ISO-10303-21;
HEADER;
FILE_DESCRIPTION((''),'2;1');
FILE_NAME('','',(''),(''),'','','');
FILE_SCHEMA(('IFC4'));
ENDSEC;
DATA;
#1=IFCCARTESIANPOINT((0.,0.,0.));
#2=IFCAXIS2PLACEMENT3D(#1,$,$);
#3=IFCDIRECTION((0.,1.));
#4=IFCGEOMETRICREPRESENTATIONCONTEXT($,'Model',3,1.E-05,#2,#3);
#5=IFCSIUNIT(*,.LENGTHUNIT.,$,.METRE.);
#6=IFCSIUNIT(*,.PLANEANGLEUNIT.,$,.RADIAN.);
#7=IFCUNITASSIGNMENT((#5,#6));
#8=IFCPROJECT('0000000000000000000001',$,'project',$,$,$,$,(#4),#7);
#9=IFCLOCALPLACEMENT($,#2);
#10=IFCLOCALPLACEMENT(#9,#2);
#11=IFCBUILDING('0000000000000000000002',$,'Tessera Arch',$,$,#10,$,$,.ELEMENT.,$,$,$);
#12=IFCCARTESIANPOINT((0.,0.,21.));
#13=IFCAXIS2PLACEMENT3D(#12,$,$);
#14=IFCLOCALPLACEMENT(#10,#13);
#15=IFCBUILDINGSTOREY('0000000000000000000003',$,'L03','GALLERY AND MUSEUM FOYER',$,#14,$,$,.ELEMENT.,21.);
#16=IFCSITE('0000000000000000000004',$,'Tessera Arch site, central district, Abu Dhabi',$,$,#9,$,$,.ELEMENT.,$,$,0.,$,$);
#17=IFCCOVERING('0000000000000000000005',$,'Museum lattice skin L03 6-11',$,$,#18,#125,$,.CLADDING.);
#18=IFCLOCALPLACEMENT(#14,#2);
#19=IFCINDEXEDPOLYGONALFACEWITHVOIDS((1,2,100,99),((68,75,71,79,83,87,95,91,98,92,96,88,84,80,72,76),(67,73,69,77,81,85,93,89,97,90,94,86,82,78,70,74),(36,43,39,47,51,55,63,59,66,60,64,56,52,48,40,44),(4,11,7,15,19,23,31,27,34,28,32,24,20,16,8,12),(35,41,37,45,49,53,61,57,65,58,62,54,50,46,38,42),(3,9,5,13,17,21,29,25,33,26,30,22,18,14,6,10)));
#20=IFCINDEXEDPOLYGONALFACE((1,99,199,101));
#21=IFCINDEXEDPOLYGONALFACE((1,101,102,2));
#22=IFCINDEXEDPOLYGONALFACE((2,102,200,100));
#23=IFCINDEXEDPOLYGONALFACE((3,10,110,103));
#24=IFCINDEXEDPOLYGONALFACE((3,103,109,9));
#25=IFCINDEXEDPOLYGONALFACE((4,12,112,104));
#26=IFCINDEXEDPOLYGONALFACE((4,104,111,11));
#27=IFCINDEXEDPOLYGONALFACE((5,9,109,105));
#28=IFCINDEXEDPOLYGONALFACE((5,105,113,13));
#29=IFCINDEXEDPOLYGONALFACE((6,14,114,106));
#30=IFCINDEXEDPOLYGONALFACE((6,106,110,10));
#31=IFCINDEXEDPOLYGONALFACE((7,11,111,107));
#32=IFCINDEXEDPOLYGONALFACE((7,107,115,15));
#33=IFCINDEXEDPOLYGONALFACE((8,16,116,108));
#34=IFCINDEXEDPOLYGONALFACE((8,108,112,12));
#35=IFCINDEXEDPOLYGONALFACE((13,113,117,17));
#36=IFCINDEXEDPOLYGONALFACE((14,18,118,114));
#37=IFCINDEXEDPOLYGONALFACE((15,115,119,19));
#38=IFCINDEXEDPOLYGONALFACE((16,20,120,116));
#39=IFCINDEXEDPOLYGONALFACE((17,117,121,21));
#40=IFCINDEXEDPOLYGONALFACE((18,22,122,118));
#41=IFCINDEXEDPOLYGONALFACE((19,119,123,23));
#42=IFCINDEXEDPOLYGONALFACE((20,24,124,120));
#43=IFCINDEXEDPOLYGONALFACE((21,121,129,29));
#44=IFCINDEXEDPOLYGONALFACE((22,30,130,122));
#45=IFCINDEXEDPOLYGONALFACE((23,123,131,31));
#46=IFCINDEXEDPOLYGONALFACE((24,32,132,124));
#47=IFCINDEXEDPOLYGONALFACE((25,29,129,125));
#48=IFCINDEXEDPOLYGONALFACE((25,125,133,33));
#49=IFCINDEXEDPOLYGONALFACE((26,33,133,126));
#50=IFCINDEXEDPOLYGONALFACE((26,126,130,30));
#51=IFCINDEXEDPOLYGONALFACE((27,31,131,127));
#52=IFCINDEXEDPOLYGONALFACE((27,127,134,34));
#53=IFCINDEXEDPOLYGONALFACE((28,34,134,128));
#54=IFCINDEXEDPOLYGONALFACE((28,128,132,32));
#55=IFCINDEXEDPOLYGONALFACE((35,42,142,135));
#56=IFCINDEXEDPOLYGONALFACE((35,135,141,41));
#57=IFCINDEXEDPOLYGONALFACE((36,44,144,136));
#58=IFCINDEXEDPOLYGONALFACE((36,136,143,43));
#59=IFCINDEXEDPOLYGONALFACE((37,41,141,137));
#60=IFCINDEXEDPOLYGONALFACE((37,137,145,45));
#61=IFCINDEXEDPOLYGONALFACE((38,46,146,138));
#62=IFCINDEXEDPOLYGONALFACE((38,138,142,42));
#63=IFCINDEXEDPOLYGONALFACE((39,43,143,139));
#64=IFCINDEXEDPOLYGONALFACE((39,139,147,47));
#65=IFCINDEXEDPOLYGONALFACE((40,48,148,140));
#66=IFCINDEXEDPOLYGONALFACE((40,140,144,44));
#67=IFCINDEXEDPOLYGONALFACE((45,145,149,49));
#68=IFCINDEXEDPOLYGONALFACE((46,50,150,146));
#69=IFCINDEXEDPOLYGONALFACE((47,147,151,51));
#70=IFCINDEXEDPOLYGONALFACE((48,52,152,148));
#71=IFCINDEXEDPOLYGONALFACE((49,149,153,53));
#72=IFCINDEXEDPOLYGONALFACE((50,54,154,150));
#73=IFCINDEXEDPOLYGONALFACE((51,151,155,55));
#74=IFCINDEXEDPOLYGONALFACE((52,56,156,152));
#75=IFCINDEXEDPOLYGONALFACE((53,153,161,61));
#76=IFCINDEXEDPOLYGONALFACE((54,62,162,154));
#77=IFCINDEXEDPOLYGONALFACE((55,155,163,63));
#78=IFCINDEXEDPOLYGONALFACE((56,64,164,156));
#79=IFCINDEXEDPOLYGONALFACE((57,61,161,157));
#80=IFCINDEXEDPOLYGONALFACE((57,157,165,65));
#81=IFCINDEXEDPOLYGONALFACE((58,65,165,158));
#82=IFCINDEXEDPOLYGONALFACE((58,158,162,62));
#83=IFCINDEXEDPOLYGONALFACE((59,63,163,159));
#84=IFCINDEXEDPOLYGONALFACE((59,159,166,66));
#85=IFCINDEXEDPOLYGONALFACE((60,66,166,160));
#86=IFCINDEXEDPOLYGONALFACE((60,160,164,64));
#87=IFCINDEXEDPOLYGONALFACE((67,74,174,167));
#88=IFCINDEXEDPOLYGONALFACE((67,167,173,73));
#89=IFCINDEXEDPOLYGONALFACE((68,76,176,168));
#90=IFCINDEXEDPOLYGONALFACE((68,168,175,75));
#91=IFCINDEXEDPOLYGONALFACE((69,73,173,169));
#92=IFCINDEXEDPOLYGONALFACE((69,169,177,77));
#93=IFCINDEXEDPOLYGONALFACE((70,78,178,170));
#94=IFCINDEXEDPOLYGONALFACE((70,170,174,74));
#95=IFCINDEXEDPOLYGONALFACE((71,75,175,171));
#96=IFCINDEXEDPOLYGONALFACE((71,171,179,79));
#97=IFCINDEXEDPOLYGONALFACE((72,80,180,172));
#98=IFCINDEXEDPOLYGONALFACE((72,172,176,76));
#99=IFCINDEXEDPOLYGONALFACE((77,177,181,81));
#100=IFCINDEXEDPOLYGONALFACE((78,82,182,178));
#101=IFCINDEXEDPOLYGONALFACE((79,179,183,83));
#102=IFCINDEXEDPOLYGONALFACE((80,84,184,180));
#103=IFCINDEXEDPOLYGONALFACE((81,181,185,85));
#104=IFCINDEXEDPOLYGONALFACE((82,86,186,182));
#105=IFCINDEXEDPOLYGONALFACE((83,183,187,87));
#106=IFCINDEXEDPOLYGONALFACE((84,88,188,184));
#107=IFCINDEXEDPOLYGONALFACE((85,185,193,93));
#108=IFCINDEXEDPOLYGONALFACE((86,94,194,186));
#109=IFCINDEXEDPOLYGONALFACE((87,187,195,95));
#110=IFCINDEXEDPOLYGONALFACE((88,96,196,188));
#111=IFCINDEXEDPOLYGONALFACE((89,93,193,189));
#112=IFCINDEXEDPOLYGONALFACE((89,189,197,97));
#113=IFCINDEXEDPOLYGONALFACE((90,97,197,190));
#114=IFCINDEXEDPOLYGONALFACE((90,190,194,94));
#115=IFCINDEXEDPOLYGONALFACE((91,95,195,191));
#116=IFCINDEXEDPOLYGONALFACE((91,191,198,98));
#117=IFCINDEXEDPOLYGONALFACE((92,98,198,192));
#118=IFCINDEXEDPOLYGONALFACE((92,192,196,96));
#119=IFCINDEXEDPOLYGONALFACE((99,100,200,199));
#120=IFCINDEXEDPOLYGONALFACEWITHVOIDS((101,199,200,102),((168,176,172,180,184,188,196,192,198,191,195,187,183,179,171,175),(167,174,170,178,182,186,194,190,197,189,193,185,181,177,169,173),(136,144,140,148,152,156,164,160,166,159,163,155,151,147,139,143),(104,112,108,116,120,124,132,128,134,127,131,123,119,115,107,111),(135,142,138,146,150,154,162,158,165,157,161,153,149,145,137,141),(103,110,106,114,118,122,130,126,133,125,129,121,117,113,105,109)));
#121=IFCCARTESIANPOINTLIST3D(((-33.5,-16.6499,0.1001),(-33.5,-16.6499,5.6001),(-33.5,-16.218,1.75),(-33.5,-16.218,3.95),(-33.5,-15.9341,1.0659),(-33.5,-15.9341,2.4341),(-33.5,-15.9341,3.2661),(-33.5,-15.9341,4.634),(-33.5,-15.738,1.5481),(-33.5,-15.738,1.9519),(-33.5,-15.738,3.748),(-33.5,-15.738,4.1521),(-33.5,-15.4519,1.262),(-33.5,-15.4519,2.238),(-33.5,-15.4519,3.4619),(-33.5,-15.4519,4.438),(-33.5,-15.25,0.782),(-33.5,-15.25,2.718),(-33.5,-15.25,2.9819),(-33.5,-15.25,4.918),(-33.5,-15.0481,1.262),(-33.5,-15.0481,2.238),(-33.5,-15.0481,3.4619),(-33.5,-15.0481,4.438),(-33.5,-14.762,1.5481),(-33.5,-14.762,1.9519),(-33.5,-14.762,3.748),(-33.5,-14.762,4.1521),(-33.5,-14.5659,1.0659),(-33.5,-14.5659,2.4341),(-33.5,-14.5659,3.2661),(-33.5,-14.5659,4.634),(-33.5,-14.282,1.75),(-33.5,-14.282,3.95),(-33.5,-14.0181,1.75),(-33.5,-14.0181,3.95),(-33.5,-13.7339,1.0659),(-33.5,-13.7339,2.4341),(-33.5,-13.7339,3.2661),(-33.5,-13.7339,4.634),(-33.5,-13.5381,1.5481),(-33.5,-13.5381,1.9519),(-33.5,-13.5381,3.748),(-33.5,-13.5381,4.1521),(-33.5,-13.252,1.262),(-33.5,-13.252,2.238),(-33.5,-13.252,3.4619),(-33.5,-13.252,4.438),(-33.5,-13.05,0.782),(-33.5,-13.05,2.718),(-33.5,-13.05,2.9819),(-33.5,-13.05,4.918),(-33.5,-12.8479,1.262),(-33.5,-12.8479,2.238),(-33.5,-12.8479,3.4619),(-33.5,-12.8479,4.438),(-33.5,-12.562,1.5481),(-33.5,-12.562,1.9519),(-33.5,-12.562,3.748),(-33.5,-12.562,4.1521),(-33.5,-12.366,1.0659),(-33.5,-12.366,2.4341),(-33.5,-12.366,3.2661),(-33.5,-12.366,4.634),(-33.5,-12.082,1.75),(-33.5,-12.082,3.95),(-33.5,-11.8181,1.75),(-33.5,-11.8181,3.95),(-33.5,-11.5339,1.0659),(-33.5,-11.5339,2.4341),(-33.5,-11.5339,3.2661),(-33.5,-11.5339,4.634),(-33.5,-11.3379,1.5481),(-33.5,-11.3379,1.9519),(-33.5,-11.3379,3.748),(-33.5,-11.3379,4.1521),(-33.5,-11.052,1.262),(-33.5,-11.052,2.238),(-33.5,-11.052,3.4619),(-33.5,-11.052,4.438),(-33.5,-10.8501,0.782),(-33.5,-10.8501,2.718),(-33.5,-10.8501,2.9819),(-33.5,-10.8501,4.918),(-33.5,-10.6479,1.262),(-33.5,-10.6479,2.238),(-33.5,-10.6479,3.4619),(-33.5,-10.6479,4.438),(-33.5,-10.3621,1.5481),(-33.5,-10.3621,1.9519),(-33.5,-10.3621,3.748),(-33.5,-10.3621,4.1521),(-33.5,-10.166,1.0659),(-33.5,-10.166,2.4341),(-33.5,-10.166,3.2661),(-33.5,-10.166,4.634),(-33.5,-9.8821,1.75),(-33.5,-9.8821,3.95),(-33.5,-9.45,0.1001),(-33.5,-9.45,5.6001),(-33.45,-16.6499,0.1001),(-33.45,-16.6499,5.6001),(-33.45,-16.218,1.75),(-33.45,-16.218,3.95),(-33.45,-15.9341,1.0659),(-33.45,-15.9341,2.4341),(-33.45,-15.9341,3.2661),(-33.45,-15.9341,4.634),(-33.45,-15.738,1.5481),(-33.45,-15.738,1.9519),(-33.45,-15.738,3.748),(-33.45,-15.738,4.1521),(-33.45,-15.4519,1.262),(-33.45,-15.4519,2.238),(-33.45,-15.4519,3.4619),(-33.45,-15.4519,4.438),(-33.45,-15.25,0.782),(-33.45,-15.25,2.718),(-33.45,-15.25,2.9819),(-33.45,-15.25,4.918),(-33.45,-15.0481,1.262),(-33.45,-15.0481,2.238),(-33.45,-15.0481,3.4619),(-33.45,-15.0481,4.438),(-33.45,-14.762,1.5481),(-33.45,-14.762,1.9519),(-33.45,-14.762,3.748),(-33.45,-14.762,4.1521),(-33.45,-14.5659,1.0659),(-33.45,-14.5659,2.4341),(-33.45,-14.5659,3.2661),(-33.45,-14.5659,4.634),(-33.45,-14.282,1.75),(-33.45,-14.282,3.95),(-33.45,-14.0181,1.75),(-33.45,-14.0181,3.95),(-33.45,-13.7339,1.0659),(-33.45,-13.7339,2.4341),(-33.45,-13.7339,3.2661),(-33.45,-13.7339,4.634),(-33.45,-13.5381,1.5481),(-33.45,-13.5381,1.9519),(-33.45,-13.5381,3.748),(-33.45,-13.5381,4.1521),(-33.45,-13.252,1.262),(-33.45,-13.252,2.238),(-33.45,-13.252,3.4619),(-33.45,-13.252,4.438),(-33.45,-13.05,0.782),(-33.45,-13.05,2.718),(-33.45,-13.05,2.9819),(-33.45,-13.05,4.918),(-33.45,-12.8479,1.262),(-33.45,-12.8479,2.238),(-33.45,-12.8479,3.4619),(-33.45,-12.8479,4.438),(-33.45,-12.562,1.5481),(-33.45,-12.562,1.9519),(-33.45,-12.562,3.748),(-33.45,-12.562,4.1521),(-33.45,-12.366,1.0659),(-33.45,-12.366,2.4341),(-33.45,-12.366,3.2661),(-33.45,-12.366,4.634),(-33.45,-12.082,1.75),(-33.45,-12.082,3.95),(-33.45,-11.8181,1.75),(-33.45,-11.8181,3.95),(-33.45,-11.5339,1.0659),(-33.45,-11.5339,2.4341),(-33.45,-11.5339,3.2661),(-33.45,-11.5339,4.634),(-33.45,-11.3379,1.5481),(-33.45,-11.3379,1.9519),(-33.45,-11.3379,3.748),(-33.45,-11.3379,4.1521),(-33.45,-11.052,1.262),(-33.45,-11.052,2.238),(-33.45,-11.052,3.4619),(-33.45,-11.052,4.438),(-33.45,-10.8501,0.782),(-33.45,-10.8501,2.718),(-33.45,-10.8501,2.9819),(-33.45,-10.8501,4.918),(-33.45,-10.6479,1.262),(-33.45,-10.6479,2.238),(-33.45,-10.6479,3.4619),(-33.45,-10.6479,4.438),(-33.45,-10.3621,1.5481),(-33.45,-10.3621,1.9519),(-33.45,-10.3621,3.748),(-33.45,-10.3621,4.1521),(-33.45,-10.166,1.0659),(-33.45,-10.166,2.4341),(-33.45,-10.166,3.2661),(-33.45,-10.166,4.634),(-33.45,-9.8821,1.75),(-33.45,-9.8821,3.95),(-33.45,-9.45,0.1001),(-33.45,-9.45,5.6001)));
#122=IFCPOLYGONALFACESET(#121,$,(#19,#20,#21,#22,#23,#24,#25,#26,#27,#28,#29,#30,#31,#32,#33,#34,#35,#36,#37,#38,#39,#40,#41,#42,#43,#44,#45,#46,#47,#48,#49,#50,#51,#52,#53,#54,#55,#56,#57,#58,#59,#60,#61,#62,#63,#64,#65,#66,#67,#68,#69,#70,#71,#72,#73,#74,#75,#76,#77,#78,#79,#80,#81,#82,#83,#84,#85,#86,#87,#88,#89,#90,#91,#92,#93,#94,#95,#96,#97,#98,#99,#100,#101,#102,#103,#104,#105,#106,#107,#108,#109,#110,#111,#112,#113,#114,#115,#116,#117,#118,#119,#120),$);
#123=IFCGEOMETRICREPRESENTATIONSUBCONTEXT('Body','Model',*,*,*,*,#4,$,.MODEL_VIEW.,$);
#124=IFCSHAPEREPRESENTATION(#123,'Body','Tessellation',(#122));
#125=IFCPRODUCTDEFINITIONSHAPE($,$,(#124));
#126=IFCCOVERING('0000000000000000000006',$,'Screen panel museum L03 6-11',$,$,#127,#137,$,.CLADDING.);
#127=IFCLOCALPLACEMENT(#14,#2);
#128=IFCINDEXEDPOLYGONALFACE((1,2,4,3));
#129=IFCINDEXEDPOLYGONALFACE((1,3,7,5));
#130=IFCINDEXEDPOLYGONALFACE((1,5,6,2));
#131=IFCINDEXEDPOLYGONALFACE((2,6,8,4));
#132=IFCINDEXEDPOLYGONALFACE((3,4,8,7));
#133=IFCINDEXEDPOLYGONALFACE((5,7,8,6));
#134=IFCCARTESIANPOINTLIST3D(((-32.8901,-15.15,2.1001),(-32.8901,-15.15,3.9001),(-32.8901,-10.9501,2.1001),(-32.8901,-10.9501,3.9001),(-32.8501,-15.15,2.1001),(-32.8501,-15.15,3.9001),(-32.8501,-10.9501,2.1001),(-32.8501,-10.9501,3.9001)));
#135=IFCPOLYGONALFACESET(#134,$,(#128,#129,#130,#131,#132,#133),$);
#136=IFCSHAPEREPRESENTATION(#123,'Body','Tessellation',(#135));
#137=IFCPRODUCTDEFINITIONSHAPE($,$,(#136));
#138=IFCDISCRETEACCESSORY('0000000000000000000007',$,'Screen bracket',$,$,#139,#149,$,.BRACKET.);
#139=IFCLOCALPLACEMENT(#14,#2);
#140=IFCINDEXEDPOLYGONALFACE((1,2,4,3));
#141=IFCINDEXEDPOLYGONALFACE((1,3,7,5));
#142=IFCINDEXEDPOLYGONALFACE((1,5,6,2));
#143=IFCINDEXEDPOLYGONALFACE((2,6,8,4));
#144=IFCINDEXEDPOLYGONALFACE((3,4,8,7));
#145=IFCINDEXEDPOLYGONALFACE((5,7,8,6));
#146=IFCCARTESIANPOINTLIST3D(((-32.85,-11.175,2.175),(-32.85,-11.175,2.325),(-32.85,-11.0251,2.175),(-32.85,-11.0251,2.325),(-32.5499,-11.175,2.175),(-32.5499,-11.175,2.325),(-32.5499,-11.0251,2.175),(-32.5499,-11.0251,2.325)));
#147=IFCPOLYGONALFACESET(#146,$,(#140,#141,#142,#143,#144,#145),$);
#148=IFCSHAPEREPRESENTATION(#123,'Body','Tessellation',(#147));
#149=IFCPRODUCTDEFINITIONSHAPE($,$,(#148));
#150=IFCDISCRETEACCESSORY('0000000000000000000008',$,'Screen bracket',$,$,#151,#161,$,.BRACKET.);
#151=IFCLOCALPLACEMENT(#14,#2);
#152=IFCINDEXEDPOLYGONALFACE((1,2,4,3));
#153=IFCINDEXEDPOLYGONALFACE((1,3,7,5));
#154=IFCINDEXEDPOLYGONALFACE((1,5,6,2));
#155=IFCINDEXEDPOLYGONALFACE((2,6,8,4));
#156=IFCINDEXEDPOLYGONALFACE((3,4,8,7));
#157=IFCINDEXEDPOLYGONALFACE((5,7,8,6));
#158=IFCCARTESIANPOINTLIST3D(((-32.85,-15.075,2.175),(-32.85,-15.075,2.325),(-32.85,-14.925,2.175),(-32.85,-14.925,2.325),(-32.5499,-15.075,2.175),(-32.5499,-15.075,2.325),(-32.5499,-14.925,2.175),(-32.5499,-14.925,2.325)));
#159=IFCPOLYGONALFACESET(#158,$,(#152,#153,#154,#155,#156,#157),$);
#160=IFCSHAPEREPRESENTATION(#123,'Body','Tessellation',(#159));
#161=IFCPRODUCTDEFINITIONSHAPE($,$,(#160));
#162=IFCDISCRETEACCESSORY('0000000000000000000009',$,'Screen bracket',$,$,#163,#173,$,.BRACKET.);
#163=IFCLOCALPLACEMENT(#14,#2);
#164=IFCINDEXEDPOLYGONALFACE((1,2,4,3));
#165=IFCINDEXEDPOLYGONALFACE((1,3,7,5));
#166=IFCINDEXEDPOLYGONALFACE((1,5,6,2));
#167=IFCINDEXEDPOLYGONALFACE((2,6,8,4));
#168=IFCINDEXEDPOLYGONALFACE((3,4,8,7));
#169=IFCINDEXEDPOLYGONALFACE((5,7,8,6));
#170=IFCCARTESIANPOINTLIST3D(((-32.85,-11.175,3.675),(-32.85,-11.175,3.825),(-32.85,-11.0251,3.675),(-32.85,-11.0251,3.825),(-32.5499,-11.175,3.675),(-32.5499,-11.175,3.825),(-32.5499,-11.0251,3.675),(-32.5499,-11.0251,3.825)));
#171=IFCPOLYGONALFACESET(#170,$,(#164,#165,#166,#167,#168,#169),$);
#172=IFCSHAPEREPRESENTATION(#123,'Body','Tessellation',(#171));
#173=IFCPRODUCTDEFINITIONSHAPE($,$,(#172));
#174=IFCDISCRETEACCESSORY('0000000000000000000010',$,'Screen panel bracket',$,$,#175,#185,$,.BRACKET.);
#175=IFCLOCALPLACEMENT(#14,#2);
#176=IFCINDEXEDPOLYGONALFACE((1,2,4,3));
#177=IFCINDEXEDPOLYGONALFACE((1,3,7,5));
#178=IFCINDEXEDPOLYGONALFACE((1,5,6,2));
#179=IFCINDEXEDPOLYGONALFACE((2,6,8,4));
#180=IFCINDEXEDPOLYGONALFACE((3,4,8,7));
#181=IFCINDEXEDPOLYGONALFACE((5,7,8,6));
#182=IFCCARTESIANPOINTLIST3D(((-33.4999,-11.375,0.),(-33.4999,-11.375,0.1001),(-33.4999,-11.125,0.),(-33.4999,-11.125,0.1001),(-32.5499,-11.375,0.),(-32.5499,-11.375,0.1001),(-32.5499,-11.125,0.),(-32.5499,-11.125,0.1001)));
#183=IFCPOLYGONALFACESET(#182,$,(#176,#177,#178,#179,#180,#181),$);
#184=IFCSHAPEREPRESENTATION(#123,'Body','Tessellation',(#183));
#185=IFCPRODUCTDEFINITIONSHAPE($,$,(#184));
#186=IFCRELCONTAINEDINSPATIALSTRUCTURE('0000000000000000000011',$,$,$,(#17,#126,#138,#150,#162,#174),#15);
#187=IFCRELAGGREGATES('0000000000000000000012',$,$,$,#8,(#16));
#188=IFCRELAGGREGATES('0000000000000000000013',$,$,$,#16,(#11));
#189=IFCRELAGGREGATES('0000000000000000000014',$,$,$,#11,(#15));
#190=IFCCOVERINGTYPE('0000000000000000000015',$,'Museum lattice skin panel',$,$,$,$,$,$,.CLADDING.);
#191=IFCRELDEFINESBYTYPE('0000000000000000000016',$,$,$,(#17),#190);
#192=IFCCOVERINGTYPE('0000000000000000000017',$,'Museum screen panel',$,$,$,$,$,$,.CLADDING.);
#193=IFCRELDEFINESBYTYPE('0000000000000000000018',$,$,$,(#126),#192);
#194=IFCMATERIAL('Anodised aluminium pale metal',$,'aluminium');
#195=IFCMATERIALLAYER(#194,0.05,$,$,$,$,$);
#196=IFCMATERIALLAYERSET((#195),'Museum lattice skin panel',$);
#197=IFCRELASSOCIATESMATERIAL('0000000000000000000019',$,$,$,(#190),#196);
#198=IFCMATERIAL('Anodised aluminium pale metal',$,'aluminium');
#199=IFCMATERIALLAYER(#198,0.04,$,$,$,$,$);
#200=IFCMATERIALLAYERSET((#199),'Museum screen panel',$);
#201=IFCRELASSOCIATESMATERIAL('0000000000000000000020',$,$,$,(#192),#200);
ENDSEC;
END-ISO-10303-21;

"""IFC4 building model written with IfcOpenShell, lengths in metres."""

from ifc_helpers import new_model, si_unit, direction, frame, origin, origin_2d, place, context, subcontext, project, spatial, polyline, rectangle, outline, extrude, material, layer, layer_set, type_object, element, save


model = new_model("IFC4")

# Units and contexts
model_context = context("Model", 3, precision=1e-05, world=origin(), true_north=direction((0.0, 1.0)))
body_context = subcontext(model_context, "Body", "Model", "MODEL_VIEW")
ifc_project = project(units=[si_unit("LENGTHUNIT", "METRE"), si_unit("PLANEANGLEUNIT", "RADIAN")], contexts=[model_context])

# Site, building, storey
site_placement = place(None, origin())
site = spatial("IfcSite", under=ifc_project, at=site_placement, Name="Tessera Arch site, central district, Abu Dhabi", CompositionType="ELEMENT", RefElevation=0.0)
building_placement = place(site_placement, origin())
building = spatial("IfcBuilding", under=site, at=building_placement, Name="Tessera Arch", CompositionType="ELEMENT")
storey_placement = place(building_placement, frame((0.0, 0.0, 21.0)))
storey = spatial("IfcBuildingStorey", under=building, at=storey_placement, Name="L03", Description="GALLERY AND MUSEUM FOYER", CompositionType="ELEMENT", Elevation=21.0)

# Coverings
ifc_material_1 = material(Name="Anodised aluminium pale metal", Category="aluminium")
ifc_layer_1 = layer(ifc_material_1, 0.05)
ifc_layer_set_1 = layer_set([ifc_layer_1], Name="Museum lattice skin panel")
covering_type_1 = type_object("IfcCoveringType", Name="Museum lattice skin panel", PredefinedType="CLADDING", material=ifc_layer_set_1)
covering_1_placement = place(storey_placement, frame((-33.45, -9.45, 5.6001), z_axis=(1.0, 0.0, 0.0), x_axis=(0.0, -1.0, 0.0)))
element("IfcCovering", 1, at=covering_1_placement, inside=storey, type_object=covering_type_1, Name="Museum lattice skin L03 6-11", PredefinedType="CLADDING", context=body_context, shape_type="SweptSolid", body=[
    extrude(outline(polyline([(0.0, 0.0), (7.2, 0.0), (7.2, 5.5), (0.0, 5.5), (0.0, 0.0)]), holes=[polyline([(2.3682, 3.8501), (1.8879, 3.6482), (2.084, 3.166), (1.6021, 3.3621), (1.4001, 2.8821), (1.198, 3.3621), (0.7161, 3.166), (0.9121, 3.6482), (0.4321, 3.8501), (0.9121, 4.052), (0.7161, 4.5342), (1.198, 4.3381), (1.4001, 4.8181), (1.6021, 4.3381), (2.084, 4.5342), (1.8879, 4.052), (2.3682, 3.8501)]), polyline([(2.3682, 1.6501), (1.8879, 1.448), (2.084, 0.9661), (1.6021, 1.1621), (1.4001, 0.6821), (1.198, 1.1621), (0.7161, 0.9661), (0.9121, 1.448), (0.4321, 1.6501), (0.9121, 1.8521), (0.7161, 2.334), (1.198, 2.1382), (1.4001, 2.6182), (1.6021, 2.1382), (2.084, 2.334), (1.8879, 1.8521), (2.3682, 1.6501)]), polyline([(4.5681, 3.8501), (4.0881, 3.6482), (4.2839, 3.166), (3.802, 3.3621), (3.6001, 2.8821), (3.3979, 3.3621), (2.916, 3.166), (3.1121, 3.6482), (2.6321, 3.8501), (3.1121, 4.052), (2.916, 4.5342), (3.3979, 4.3381), (3.6001, 4.8181), (3.802, 4.3381), (4.2839, 4.5342), (4.0881, 4.052), (4.5681, 3.8501)]), polyline([(4.5681, 1.6501), (4.0881, 1.448), (4.2839, 0.9661), (3.802, 1.1621), (3.6001, 0.6821), (3.3979, 1.1621), (2.916, 0.9661), (3.1121, 1.448), (2.6321, 1.6501), (3.1121, 1.8521), (2.916, 2.334), (3.3979, 2.1382), (3.6001, 2.6182), (3.802, 2.1382), (4.2839, 2.334), (4.0881, 1.8521), (4.5681, 1.6501)]), polyline([(6.7681, 3.8501), (6.2881, 3.6482), (6.4841, 3.166), (6.002, 3.3621), (5.8, 2.8821), (5.5981, 3.3621), (5.116, 3.166), (5.312, 3.6482), (4.832, 3.8501), (5.312, 4.052), (5.116, 4.5342), (5.5981, 4.3381), (5.8, 4.8181), (6.002, 4.3381), (6.4841, 4.5342), (6.2881, 4.052), (6.7681, 3.8501)]), polyline([(6.7681, 1.6501), (6.2881, 1.448), (6.4841, 0.9661), (6.002, 1.1621), (5.8, 0.6821), (5.5981, 1.1621), (5.116, 0.9661), (5.312, 1.448), (4.832, 1.6501), (5.312, 1.8521), (5.116, 2.334), (5.5981, 2.1382), (5.8, 2.6182), (6.002, 2.1382), (6.4841, 2.334), (6.2881, 1.8521), (6.7681, 1.6501)])]), origin(), (0.0, 0.0, -1.0), 0.05),
])
ifc_material_2 = material(Name="Anodised aluminium pale metal", Category="aluminium")
ifc_layer_2 = layer(ifc_material_2, 0.04)
ifc_layer_set_2 = layer_set([ifc_layer_2], Name="Museum screen panel")
covering_type_2 = type_object("IfcCoveringType", Name="Museum screen panel", PredefinedType="CLADDING", material=ifc_layer_set_2)
covering_2_placement = place(storey_placement, frame((-32.8701, -13.05, 2.1001), z_axis=(0.0, 0.0, 1.0), x_axis=(0.0, -1.0, 0.0)))
element("IfcCovering", 2, at=covering_2_placement, inside=storey, type_object=covering_type_2, Name="Screen panel museum L03 6-11", PredefinedType="CLADDING", context=body_context, shape_type="SweptSolid", body=[
    extrude(rectangle(XDim=4.2, YDim=0.04, at=origin_2d()), origin(), (0.0, 0.0, 1.0), 1.8),
])

# Discrete accessories
for number, where, z_axis, x_axis, name in (
    (3, (-32.7, -11.1001, 2.175), (0.0, 0.0, 1.0), (-1.0, 0.0, 0.0), "Screen bracket"),
    (4, (-32.7, -15.0, 2.175), (0.0, 0.0, 1.0), (-1.0, 0.0, 0.0), "Screen bracket"),
    (5, (-32.7, -11.1001, 3.675), (0.0, 0.0, 1.0), (-1.0, 0.0, 0.0), "Screen bracket"),
):
    element("IfcDiscreteAccessory", number, at=place(storey_placement, frame(where, z_axis=z_axis, x_axis=x_axis)), inside=storey, Name=name, PredefinedType="BRACKET", context=body_context, shape_type="SweptSolid", body=[
        extrude(rectangle(XDim=0.3, YDim=0.1499, at=origin_2d()), origin(), (0.0, 0.0, 1.0), 0.1499),
    ])
for number, where, z_axis, x_axis, name in (
    (6, (-33.0249, -11.25, 0.0), (0.0, 0.0, 1.0), (-1.0, 0.0, 0.0), "Screen panel bracket"),
):
    element("IfcDiscreteAccessory", number, at=place(storey_placement, frame(where, z_axis=z_axis, x_axis=x_axis)), inside=storey, Name=name, PredefinedType="BRACKET", context=body_context, shape_type="SweptSolid", body=[
        extrude(rectangle(XDim=0.95, YDim=0.25, at=origin_2d()), origin(), (0.0, 0.0, 1.0), 0.1001),
    ])

save(model, "model.ifc")
